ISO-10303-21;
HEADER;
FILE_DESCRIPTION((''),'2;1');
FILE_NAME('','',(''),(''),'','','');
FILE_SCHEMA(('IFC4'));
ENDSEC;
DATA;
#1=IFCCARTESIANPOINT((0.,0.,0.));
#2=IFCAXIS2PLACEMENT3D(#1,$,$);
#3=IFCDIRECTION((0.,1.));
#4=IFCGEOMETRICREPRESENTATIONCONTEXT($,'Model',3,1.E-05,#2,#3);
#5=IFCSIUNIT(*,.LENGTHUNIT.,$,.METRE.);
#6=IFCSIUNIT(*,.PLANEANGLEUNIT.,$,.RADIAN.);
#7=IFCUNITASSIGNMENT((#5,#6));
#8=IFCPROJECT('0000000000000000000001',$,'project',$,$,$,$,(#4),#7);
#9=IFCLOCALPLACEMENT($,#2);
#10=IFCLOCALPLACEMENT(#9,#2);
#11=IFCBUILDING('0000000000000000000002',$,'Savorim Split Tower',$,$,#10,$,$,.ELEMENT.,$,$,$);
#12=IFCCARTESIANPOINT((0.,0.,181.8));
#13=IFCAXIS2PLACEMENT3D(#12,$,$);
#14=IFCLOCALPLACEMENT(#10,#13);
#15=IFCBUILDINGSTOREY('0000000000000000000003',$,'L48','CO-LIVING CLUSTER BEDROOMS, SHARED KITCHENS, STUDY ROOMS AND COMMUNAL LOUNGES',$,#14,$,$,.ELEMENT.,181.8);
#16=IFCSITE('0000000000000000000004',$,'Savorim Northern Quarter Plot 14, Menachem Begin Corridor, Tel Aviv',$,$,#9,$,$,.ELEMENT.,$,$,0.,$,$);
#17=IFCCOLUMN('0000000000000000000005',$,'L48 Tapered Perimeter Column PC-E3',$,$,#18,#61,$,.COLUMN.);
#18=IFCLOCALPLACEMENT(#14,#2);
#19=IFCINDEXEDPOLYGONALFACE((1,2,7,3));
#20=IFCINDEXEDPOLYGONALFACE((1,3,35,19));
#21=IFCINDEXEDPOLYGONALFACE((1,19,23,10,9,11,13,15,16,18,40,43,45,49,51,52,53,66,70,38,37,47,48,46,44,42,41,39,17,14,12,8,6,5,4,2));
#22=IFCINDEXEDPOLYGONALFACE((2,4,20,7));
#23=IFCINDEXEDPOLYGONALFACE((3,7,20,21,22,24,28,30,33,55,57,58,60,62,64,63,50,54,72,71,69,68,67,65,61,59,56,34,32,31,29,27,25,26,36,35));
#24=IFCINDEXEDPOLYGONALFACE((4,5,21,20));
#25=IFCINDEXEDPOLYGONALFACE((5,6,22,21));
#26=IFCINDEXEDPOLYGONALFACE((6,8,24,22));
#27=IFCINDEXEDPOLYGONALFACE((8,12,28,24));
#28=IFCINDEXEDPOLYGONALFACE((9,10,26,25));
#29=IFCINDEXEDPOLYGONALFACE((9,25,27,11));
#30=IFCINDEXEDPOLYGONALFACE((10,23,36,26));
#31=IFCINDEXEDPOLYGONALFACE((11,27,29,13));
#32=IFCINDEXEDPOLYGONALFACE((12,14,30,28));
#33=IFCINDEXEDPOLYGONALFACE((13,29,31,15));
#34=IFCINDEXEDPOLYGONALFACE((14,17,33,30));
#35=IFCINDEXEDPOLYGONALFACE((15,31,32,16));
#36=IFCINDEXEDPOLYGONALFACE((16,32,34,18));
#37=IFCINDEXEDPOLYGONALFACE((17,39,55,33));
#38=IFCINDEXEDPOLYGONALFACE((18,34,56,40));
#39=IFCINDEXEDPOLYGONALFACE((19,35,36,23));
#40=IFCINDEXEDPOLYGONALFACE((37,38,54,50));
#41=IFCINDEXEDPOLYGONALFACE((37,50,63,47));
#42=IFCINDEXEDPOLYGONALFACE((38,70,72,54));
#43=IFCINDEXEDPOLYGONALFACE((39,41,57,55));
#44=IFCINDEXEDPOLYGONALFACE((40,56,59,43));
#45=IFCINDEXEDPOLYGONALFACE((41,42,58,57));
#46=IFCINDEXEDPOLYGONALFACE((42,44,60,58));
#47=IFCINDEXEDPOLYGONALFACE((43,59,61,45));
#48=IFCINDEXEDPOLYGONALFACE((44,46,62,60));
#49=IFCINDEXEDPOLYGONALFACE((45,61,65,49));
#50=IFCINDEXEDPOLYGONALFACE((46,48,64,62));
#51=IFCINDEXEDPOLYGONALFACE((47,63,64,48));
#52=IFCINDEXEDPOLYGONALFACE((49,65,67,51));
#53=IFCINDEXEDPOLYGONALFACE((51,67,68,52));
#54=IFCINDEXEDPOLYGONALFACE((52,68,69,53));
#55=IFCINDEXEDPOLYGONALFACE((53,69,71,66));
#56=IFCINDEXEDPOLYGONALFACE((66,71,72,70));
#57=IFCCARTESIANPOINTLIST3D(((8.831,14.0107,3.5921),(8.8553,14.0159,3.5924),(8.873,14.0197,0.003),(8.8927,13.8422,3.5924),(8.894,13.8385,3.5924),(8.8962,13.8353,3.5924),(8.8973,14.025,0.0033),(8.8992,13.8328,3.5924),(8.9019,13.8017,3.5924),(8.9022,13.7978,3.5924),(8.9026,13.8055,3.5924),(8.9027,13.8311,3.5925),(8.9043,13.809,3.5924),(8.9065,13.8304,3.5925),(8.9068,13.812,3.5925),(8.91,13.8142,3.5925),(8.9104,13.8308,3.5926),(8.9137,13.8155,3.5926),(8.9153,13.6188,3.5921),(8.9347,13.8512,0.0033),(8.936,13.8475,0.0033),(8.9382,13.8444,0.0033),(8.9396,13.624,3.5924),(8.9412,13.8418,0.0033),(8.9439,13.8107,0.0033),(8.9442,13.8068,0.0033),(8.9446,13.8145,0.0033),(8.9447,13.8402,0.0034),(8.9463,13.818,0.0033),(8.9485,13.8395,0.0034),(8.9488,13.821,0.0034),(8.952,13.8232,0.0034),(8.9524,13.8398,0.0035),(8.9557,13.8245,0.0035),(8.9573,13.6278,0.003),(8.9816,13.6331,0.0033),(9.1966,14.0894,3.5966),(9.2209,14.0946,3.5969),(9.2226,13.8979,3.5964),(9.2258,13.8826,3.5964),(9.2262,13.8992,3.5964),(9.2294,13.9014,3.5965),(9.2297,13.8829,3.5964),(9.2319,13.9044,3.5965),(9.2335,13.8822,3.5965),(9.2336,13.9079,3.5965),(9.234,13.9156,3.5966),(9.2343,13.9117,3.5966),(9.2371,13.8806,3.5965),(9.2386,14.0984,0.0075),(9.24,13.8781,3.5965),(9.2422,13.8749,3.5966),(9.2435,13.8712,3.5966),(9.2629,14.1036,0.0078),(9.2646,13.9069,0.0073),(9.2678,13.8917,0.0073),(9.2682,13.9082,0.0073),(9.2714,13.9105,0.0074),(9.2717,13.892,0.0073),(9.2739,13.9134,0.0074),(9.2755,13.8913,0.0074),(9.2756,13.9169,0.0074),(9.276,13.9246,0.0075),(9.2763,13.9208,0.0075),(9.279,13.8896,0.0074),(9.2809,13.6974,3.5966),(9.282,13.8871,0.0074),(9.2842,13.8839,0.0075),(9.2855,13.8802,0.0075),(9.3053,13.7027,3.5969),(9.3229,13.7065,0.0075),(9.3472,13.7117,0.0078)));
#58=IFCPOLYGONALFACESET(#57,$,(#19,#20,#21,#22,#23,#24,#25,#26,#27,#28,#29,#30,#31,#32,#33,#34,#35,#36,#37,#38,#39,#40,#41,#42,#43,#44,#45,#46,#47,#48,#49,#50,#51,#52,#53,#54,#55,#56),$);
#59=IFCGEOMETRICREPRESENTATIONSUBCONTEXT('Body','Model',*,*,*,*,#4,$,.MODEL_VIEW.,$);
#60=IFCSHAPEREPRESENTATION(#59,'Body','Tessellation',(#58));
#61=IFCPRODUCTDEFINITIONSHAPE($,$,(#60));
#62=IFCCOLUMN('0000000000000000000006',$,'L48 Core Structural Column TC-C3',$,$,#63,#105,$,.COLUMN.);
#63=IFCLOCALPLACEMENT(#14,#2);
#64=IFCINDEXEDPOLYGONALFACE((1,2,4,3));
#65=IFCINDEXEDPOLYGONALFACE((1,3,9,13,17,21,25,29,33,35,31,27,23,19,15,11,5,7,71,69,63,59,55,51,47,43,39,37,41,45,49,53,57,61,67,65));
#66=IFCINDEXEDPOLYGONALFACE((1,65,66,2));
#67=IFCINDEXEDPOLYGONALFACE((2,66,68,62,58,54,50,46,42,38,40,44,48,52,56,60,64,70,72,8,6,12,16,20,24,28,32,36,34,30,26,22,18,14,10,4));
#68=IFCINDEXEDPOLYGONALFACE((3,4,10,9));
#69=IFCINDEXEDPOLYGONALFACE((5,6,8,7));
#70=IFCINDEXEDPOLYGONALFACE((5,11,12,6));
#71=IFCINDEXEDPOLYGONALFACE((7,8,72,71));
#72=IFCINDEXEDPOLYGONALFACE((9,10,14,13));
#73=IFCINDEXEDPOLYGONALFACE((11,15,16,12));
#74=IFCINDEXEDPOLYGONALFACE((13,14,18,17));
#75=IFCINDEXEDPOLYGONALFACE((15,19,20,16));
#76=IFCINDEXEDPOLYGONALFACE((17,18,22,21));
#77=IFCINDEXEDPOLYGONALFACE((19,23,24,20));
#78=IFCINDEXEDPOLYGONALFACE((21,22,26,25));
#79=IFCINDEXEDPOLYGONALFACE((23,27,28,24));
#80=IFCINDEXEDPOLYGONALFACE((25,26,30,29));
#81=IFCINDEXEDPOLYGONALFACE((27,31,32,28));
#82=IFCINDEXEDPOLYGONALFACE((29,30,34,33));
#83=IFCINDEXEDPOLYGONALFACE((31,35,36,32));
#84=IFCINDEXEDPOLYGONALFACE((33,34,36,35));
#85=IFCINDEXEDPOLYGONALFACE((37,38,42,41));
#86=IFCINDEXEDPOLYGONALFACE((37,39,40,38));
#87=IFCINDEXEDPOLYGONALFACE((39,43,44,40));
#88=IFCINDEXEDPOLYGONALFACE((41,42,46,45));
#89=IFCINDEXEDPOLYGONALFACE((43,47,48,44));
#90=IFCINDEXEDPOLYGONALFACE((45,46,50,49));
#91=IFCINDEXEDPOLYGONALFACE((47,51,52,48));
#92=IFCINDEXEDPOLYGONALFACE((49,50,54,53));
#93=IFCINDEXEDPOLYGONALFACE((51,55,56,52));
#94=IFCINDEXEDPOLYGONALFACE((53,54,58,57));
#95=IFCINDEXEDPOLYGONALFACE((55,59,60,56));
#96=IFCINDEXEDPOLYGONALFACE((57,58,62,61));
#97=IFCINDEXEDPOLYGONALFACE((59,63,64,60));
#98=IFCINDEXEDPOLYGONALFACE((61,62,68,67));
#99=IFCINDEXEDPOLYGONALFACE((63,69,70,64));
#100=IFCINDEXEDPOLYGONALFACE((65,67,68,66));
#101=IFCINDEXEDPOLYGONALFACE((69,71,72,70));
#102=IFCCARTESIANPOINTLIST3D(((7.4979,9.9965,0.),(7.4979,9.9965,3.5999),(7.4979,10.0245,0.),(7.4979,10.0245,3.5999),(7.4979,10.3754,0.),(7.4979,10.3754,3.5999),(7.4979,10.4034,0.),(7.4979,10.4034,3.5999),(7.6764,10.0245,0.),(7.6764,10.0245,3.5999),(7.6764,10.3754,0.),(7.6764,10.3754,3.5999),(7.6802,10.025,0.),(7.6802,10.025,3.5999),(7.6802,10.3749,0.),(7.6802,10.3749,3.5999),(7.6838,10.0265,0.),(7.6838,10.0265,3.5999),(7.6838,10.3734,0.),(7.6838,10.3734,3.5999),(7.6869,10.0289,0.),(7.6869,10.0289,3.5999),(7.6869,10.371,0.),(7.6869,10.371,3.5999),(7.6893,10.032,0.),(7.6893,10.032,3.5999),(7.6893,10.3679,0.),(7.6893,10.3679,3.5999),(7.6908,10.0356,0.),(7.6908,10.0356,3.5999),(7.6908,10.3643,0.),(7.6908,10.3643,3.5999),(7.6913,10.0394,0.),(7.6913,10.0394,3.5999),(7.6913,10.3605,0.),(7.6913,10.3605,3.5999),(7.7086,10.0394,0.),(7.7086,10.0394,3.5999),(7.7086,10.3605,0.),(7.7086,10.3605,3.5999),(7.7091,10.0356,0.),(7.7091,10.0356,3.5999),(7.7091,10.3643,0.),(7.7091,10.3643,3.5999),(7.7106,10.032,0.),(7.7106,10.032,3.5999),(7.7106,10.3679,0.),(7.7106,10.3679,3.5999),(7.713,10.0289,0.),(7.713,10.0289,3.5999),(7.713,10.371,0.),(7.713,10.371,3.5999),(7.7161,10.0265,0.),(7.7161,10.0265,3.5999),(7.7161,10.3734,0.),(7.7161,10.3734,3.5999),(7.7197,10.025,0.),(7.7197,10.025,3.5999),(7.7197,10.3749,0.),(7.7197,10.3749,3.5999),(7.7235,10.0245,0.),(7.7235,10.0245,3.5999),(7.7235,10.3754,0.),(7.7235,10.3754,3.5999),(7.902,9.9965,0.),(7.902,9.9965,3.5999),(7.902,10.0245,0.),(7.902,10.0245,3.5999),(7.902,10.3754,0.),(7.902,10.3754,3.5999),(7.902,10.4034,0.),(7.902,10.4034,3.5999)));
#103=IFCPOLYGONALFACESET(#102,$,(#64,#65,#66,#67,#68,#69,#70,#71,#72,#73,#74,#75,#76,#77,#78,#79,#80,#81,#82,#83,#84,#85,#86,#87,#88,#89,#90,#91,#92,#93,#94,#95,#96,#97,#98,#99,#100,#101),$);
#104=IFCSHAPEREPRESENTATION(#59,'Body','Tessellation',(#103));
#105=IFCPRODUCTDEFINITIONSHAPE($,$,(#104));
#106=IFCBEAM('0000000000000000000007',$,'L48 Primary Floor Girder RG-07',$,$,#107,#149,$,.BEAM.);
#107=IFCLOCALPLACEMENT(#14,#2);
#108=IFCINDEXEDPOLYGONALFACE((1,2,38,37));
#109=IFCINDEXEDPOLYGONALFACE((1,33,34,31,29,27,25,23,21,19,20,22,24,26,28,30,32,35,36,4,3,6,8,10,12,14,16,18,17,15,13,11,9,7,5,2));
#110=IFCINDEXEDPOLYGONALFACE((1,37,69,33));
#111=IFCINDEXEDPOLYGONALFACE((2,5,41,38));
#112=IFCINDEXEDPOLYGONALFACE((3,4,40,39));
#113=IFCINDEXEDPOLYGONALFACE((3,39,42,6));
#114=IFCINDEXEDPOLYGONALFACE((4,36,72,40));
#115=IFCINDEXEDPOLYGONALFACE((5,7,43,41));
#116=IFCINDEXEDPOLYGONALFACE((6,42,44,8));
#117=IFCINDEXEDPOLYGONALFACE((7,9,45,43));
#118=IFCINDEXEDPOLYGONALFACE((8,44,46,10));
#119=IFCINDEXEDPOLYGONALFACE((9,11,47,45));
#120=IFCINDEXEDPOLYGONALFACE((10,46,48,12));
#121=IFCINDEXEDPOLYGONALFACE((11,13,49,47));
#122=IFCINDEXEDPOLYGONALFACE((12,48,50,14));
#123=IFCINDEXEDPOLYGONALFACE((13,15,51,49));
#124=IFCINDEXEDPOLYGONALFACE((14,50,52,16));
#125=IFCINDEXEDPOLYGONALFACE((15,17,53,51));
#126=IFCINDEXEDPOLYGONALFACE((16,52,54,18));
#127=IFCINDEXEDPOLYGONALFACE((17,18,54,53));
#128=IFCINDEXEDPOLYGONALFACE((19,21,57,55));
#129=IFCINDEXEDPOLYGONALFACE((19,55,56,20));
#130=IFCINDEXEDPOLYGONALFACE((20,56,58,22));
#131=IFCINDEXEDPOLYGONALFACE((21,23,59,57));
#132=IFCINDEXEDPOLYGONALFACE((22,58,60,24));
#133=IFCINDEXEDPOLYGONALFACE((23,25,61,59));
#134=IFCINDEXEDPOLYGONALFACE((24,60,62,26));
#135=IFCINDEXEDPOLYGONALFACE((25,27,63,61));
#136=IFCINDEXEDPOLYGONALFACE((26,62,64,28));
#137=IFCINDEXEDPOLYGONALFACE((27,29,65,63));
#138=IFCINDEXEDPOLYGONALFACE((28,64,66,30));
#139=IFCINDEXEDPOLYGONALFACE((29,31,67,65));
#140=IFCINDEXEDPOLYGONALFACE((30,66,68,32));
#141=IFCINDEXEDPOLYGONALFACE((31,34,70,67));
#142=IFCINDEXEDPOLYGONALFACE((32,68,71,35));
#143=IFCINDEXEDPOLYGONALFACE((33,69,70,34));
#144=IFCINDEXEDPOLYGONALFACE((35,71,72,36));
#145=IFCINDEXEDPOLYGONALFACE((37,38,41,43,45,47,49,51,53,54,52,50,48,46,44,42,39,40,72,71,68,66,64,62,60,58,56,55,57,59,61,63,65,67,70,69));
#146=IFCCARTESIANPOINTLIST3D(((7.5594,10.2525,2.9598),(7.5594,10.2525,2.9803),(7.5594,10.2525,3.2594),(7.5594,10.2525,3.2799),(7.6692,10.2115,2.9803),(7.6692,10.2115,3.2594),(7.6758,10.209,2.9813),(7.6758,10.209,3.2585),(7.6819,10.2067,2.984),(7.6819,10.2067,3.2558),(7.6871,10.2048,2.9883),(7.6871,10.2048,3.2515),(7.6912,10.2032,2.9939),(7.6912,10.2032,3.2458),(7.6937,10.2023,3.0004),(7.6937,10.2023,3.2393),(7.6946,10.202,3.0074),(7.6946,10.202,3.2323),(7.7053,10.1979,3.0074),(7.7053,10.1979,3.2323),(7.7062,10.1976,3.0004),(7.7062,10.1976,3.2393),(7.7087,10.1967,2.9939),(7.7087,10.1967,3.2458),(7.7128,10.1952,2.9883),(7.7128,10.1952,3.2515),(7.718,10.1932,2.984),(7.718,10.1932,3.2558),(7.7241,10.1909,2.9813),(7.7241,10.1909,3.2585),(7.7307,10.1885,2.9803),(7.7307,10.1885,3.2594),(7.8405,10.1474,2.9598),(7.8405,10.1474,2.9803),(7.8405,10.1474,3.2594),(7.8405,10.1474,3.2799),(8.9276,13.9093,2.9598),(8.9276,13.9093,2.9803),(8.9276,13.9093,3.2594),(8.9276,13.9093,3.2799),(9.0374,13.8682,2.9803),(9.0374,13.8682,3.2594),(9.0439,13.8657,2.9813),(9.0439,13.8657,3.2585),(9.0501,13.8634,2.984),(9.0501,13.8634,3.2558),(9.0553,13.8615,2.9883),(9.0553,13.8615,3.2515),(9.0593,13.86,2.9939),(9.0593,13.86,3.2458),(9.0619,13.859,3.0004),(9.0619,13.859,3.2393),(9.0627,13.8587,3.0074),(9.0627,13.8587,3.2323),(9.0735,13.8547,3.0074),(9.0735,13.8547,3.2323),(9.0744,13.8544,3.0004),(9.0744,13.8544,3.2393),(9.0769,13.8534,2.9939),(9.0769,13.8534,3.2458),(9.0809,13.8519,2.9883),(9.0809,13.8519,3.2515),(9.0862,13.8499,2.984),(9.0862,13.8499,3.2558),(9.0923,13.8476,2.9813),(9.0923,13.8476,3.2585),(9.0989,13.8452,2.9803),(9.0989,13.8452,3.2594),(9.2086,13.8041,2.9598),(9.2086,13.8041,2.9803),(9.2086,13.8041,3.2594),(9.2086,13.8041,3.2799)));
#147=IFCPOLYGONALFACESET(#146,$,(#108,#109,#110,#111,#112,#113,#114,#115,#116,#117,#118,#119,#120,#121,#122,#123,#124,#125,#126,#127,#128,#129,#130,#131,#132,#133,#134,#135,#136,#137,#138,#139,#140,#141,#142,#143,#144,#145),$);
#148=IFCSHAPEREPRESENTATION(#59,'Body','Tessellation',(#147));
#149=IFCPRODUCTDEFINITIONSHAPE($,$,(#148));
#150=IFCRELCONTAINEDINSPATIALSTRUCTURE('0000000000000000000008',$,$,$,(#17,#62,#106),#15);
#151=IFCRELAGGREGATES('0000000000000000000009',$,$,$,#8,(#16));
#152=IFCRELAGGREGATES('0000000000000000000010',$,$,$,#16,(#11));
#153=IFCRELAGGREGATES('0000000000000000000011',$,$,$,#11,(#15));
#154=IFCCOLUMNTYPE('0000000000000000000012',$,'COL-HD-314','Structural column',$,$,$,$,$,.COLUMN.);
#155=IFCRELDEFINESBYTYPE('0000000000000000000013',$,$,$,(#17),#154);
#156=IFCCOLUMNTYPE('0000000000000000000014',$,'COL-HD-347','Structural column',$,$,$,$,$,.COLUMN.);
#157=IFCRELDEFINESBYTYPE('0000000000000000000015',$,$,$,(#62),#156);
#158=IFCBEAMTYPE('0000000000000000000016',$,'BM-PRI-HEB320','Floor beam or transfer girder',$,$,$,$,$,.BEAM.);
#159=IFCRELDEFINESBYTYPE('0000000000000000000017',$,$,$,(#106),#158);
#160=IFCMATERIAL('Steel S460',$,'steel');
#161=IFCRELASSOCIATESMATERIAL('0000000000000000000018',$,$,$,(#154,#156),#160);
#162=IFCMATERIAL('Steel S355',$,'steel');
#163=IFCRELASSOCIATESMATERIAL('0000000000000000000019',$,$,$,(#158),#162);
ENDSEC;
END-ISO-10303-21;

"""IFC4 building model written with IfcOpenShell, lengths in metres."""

from ifc_helpers import new_model, si_unit, direction, frame, origin, origin_2d, place, context, subcontext, project, spatial, i_section, extrude, material, material_profile, profile_set, type_object, element, save


model = new_model("IFC4")

# Units and contexts
model_context = context("Model", 3, precision=1e-05, world=origin(), true_north=direction((0.0, 1.0)))
body_context = subcontext(model_context, "Body", "Model", "MODEL_VIEW")
ifc_project = project(units=[si_unit("LENGTHUNIT", "METRE"), si_unit("PLANEANGLEUNIT", "RADIAN")], contexts=[model_context])

# Site, building, storey
site_placement = place(None, origin())
site = spatial("IfcSite", under=ifc_project, at=site_placement, Name="Savorim Northern Quarter Plot 14, Menachem Begin Corridor, Tel Aviv", CompositionType="ELEMENT", RefElevation=0.0)
building_placement = place(site_placement, origin())
building = spatial("IfcBuilding", under=site, at=building_placement, Name="Savorim Split Tower", CompositionType="ELEMENT")
storey_placement = place(building_placement, frame((0.0, 0.0, 181.8)))
storey = spatial("IfcBuildingStorey", under=building, at=storey_placement, Name="L48", Description="CO-LIVING CLUSTER BEDROOMS, SHARED KITCHENS, STUDY ROOMS AND COMMUNAL LOUNGES", CompositionType="ELEMENT", Elevation=181.8)

# Columns
ifc_material_1 = material(Name="Steel S460", Category="steel")
ifc_material_profile_1 = material_profile(ifc_material_1, i_section(OverallWidth=0.4009, OverallDepth=0.3989, WebThickness=0.0156, FlangeThickness=0.0249, FilletRadius=0.0149, at=origin_2d()), Name="HD 400x314")
ifc_profile_set_1 = profile_set([ifc_material_profile_1], Name="Steel S460")
column_type_1 = type_object("IfcColumnType", Name="COL-HD-314", Description="Structural column", PredefinedType="COLUMN", material=ifc_profile_set_1)
column_1_placement = place(storey_placement, frame((9.1101, 13.8657, 0.0054), z_axis=(-0.011699, -0.002517, 0.999928), x_axis=(0.210305, -0.977636, 0.0)))
element("IfcColumn", 1, at=column_1_placement, inside=storey, type_object=column_type_1, Name="L48 Tapered Perimeter Column PC-E3", PredefinedType="COLUMN", context=body_context, shape_type="SweptSolid", body=[
    extrude(i_section(OverallWidth=0.4009, OverallDepth=0.3989, WebThickness=0.0156, FlangeThickness=0.0249, FilletRadius=0.0149, at=origin_2d()), origin(), (0.0, 0.0, 1.0), 3.5894),
])
ifc_material_profile_2 = material_profile(ifc_material_1, i_section(OverallWidth=0.4041, OverallDepth=0.407, WebThickness=0.0173, FlangeThickness=0.0281, FilletRadius=0.0149, at=origin_2d()), Name="HD 400x347")
ifc_profile_set_2 = profile_set([ifc_material_profile_2], Name="Steel S460")
column_type_2 = type_object("IfcColumnType", Name="COL-HD-347", Description="Structural column", PredefinedType="COLUMN", material=ifc_profile_set_2)
column_2_placement = place(storey_placement, frame((7.7, 10.2, 0.0), z_axis=(0.0, 0.0, 1.0), x_axis=(1.0, 0.0, 0.0)))
element("IfcColumn", 2, at=column_2_placement, inside=storey, type_object=column_type_2, Name="L48 Core Structural Column TC-C3", PredefinedType="COLUMN", context=body_context, shape_type="SweptSolid", body=[
    extrude(i_section(OverallWidth=0.4041, OverallDepth=0.407, WebThickness=0.0173, FlangeThickness=0.0281, FilletRadius=0.0149, at=origin_2d()), origin(), (0.0, 0.0, 1.0), 3.5999),
])

# Beam
ifc_material_2 = material(Name="Steel S355", Category="steel")
ifc_material_profile_3 = material_profile(ifc_material_2, i_section(OverallWidth=0.3, OverallDepth=0.3201, WebThickness=0.0115, FlangeThickness=0.0205, FilletRadius=0.0271, at=origin_2d()), Name="HEB 320")
ifc_profile_set_3 = profile_set([ifc_material_profile_3], Name="Steel S355")
beam_type_1 = type_object("IfcBeamType", Name="BM-PRI-HEB320", Description="Floor beam or transfer girder", PredefinedType="BEAM", material=ifc_profile_set_3)
beam_1_placement = place(storey_placement, frame((9.0681, 13.8567, 3.1199), z_axis=(-0.350424, -0.936591, 0.0), x_axis=(0.936591, -0.350424, 0.0)))
element("IfcBeam", 3, at=beam_1_placement, inside=storey, type_object=beam_type_1, Name="L48 Primary Floor Girder RG-07", PredefinedType="BEAM", context=body_context, shape_type="SweptSolid", body=[
    extrude(i_section(OverallWidth=0.3, OverallDepth=0.3201, WebThickness=0.0115, FlangeThickness=0.0205, FilletRadius=0.0271, at=origin_2d()), origin(), (0.0, 0.0, 1.0), 3.9043),
])

save(model, "model.ifc")
